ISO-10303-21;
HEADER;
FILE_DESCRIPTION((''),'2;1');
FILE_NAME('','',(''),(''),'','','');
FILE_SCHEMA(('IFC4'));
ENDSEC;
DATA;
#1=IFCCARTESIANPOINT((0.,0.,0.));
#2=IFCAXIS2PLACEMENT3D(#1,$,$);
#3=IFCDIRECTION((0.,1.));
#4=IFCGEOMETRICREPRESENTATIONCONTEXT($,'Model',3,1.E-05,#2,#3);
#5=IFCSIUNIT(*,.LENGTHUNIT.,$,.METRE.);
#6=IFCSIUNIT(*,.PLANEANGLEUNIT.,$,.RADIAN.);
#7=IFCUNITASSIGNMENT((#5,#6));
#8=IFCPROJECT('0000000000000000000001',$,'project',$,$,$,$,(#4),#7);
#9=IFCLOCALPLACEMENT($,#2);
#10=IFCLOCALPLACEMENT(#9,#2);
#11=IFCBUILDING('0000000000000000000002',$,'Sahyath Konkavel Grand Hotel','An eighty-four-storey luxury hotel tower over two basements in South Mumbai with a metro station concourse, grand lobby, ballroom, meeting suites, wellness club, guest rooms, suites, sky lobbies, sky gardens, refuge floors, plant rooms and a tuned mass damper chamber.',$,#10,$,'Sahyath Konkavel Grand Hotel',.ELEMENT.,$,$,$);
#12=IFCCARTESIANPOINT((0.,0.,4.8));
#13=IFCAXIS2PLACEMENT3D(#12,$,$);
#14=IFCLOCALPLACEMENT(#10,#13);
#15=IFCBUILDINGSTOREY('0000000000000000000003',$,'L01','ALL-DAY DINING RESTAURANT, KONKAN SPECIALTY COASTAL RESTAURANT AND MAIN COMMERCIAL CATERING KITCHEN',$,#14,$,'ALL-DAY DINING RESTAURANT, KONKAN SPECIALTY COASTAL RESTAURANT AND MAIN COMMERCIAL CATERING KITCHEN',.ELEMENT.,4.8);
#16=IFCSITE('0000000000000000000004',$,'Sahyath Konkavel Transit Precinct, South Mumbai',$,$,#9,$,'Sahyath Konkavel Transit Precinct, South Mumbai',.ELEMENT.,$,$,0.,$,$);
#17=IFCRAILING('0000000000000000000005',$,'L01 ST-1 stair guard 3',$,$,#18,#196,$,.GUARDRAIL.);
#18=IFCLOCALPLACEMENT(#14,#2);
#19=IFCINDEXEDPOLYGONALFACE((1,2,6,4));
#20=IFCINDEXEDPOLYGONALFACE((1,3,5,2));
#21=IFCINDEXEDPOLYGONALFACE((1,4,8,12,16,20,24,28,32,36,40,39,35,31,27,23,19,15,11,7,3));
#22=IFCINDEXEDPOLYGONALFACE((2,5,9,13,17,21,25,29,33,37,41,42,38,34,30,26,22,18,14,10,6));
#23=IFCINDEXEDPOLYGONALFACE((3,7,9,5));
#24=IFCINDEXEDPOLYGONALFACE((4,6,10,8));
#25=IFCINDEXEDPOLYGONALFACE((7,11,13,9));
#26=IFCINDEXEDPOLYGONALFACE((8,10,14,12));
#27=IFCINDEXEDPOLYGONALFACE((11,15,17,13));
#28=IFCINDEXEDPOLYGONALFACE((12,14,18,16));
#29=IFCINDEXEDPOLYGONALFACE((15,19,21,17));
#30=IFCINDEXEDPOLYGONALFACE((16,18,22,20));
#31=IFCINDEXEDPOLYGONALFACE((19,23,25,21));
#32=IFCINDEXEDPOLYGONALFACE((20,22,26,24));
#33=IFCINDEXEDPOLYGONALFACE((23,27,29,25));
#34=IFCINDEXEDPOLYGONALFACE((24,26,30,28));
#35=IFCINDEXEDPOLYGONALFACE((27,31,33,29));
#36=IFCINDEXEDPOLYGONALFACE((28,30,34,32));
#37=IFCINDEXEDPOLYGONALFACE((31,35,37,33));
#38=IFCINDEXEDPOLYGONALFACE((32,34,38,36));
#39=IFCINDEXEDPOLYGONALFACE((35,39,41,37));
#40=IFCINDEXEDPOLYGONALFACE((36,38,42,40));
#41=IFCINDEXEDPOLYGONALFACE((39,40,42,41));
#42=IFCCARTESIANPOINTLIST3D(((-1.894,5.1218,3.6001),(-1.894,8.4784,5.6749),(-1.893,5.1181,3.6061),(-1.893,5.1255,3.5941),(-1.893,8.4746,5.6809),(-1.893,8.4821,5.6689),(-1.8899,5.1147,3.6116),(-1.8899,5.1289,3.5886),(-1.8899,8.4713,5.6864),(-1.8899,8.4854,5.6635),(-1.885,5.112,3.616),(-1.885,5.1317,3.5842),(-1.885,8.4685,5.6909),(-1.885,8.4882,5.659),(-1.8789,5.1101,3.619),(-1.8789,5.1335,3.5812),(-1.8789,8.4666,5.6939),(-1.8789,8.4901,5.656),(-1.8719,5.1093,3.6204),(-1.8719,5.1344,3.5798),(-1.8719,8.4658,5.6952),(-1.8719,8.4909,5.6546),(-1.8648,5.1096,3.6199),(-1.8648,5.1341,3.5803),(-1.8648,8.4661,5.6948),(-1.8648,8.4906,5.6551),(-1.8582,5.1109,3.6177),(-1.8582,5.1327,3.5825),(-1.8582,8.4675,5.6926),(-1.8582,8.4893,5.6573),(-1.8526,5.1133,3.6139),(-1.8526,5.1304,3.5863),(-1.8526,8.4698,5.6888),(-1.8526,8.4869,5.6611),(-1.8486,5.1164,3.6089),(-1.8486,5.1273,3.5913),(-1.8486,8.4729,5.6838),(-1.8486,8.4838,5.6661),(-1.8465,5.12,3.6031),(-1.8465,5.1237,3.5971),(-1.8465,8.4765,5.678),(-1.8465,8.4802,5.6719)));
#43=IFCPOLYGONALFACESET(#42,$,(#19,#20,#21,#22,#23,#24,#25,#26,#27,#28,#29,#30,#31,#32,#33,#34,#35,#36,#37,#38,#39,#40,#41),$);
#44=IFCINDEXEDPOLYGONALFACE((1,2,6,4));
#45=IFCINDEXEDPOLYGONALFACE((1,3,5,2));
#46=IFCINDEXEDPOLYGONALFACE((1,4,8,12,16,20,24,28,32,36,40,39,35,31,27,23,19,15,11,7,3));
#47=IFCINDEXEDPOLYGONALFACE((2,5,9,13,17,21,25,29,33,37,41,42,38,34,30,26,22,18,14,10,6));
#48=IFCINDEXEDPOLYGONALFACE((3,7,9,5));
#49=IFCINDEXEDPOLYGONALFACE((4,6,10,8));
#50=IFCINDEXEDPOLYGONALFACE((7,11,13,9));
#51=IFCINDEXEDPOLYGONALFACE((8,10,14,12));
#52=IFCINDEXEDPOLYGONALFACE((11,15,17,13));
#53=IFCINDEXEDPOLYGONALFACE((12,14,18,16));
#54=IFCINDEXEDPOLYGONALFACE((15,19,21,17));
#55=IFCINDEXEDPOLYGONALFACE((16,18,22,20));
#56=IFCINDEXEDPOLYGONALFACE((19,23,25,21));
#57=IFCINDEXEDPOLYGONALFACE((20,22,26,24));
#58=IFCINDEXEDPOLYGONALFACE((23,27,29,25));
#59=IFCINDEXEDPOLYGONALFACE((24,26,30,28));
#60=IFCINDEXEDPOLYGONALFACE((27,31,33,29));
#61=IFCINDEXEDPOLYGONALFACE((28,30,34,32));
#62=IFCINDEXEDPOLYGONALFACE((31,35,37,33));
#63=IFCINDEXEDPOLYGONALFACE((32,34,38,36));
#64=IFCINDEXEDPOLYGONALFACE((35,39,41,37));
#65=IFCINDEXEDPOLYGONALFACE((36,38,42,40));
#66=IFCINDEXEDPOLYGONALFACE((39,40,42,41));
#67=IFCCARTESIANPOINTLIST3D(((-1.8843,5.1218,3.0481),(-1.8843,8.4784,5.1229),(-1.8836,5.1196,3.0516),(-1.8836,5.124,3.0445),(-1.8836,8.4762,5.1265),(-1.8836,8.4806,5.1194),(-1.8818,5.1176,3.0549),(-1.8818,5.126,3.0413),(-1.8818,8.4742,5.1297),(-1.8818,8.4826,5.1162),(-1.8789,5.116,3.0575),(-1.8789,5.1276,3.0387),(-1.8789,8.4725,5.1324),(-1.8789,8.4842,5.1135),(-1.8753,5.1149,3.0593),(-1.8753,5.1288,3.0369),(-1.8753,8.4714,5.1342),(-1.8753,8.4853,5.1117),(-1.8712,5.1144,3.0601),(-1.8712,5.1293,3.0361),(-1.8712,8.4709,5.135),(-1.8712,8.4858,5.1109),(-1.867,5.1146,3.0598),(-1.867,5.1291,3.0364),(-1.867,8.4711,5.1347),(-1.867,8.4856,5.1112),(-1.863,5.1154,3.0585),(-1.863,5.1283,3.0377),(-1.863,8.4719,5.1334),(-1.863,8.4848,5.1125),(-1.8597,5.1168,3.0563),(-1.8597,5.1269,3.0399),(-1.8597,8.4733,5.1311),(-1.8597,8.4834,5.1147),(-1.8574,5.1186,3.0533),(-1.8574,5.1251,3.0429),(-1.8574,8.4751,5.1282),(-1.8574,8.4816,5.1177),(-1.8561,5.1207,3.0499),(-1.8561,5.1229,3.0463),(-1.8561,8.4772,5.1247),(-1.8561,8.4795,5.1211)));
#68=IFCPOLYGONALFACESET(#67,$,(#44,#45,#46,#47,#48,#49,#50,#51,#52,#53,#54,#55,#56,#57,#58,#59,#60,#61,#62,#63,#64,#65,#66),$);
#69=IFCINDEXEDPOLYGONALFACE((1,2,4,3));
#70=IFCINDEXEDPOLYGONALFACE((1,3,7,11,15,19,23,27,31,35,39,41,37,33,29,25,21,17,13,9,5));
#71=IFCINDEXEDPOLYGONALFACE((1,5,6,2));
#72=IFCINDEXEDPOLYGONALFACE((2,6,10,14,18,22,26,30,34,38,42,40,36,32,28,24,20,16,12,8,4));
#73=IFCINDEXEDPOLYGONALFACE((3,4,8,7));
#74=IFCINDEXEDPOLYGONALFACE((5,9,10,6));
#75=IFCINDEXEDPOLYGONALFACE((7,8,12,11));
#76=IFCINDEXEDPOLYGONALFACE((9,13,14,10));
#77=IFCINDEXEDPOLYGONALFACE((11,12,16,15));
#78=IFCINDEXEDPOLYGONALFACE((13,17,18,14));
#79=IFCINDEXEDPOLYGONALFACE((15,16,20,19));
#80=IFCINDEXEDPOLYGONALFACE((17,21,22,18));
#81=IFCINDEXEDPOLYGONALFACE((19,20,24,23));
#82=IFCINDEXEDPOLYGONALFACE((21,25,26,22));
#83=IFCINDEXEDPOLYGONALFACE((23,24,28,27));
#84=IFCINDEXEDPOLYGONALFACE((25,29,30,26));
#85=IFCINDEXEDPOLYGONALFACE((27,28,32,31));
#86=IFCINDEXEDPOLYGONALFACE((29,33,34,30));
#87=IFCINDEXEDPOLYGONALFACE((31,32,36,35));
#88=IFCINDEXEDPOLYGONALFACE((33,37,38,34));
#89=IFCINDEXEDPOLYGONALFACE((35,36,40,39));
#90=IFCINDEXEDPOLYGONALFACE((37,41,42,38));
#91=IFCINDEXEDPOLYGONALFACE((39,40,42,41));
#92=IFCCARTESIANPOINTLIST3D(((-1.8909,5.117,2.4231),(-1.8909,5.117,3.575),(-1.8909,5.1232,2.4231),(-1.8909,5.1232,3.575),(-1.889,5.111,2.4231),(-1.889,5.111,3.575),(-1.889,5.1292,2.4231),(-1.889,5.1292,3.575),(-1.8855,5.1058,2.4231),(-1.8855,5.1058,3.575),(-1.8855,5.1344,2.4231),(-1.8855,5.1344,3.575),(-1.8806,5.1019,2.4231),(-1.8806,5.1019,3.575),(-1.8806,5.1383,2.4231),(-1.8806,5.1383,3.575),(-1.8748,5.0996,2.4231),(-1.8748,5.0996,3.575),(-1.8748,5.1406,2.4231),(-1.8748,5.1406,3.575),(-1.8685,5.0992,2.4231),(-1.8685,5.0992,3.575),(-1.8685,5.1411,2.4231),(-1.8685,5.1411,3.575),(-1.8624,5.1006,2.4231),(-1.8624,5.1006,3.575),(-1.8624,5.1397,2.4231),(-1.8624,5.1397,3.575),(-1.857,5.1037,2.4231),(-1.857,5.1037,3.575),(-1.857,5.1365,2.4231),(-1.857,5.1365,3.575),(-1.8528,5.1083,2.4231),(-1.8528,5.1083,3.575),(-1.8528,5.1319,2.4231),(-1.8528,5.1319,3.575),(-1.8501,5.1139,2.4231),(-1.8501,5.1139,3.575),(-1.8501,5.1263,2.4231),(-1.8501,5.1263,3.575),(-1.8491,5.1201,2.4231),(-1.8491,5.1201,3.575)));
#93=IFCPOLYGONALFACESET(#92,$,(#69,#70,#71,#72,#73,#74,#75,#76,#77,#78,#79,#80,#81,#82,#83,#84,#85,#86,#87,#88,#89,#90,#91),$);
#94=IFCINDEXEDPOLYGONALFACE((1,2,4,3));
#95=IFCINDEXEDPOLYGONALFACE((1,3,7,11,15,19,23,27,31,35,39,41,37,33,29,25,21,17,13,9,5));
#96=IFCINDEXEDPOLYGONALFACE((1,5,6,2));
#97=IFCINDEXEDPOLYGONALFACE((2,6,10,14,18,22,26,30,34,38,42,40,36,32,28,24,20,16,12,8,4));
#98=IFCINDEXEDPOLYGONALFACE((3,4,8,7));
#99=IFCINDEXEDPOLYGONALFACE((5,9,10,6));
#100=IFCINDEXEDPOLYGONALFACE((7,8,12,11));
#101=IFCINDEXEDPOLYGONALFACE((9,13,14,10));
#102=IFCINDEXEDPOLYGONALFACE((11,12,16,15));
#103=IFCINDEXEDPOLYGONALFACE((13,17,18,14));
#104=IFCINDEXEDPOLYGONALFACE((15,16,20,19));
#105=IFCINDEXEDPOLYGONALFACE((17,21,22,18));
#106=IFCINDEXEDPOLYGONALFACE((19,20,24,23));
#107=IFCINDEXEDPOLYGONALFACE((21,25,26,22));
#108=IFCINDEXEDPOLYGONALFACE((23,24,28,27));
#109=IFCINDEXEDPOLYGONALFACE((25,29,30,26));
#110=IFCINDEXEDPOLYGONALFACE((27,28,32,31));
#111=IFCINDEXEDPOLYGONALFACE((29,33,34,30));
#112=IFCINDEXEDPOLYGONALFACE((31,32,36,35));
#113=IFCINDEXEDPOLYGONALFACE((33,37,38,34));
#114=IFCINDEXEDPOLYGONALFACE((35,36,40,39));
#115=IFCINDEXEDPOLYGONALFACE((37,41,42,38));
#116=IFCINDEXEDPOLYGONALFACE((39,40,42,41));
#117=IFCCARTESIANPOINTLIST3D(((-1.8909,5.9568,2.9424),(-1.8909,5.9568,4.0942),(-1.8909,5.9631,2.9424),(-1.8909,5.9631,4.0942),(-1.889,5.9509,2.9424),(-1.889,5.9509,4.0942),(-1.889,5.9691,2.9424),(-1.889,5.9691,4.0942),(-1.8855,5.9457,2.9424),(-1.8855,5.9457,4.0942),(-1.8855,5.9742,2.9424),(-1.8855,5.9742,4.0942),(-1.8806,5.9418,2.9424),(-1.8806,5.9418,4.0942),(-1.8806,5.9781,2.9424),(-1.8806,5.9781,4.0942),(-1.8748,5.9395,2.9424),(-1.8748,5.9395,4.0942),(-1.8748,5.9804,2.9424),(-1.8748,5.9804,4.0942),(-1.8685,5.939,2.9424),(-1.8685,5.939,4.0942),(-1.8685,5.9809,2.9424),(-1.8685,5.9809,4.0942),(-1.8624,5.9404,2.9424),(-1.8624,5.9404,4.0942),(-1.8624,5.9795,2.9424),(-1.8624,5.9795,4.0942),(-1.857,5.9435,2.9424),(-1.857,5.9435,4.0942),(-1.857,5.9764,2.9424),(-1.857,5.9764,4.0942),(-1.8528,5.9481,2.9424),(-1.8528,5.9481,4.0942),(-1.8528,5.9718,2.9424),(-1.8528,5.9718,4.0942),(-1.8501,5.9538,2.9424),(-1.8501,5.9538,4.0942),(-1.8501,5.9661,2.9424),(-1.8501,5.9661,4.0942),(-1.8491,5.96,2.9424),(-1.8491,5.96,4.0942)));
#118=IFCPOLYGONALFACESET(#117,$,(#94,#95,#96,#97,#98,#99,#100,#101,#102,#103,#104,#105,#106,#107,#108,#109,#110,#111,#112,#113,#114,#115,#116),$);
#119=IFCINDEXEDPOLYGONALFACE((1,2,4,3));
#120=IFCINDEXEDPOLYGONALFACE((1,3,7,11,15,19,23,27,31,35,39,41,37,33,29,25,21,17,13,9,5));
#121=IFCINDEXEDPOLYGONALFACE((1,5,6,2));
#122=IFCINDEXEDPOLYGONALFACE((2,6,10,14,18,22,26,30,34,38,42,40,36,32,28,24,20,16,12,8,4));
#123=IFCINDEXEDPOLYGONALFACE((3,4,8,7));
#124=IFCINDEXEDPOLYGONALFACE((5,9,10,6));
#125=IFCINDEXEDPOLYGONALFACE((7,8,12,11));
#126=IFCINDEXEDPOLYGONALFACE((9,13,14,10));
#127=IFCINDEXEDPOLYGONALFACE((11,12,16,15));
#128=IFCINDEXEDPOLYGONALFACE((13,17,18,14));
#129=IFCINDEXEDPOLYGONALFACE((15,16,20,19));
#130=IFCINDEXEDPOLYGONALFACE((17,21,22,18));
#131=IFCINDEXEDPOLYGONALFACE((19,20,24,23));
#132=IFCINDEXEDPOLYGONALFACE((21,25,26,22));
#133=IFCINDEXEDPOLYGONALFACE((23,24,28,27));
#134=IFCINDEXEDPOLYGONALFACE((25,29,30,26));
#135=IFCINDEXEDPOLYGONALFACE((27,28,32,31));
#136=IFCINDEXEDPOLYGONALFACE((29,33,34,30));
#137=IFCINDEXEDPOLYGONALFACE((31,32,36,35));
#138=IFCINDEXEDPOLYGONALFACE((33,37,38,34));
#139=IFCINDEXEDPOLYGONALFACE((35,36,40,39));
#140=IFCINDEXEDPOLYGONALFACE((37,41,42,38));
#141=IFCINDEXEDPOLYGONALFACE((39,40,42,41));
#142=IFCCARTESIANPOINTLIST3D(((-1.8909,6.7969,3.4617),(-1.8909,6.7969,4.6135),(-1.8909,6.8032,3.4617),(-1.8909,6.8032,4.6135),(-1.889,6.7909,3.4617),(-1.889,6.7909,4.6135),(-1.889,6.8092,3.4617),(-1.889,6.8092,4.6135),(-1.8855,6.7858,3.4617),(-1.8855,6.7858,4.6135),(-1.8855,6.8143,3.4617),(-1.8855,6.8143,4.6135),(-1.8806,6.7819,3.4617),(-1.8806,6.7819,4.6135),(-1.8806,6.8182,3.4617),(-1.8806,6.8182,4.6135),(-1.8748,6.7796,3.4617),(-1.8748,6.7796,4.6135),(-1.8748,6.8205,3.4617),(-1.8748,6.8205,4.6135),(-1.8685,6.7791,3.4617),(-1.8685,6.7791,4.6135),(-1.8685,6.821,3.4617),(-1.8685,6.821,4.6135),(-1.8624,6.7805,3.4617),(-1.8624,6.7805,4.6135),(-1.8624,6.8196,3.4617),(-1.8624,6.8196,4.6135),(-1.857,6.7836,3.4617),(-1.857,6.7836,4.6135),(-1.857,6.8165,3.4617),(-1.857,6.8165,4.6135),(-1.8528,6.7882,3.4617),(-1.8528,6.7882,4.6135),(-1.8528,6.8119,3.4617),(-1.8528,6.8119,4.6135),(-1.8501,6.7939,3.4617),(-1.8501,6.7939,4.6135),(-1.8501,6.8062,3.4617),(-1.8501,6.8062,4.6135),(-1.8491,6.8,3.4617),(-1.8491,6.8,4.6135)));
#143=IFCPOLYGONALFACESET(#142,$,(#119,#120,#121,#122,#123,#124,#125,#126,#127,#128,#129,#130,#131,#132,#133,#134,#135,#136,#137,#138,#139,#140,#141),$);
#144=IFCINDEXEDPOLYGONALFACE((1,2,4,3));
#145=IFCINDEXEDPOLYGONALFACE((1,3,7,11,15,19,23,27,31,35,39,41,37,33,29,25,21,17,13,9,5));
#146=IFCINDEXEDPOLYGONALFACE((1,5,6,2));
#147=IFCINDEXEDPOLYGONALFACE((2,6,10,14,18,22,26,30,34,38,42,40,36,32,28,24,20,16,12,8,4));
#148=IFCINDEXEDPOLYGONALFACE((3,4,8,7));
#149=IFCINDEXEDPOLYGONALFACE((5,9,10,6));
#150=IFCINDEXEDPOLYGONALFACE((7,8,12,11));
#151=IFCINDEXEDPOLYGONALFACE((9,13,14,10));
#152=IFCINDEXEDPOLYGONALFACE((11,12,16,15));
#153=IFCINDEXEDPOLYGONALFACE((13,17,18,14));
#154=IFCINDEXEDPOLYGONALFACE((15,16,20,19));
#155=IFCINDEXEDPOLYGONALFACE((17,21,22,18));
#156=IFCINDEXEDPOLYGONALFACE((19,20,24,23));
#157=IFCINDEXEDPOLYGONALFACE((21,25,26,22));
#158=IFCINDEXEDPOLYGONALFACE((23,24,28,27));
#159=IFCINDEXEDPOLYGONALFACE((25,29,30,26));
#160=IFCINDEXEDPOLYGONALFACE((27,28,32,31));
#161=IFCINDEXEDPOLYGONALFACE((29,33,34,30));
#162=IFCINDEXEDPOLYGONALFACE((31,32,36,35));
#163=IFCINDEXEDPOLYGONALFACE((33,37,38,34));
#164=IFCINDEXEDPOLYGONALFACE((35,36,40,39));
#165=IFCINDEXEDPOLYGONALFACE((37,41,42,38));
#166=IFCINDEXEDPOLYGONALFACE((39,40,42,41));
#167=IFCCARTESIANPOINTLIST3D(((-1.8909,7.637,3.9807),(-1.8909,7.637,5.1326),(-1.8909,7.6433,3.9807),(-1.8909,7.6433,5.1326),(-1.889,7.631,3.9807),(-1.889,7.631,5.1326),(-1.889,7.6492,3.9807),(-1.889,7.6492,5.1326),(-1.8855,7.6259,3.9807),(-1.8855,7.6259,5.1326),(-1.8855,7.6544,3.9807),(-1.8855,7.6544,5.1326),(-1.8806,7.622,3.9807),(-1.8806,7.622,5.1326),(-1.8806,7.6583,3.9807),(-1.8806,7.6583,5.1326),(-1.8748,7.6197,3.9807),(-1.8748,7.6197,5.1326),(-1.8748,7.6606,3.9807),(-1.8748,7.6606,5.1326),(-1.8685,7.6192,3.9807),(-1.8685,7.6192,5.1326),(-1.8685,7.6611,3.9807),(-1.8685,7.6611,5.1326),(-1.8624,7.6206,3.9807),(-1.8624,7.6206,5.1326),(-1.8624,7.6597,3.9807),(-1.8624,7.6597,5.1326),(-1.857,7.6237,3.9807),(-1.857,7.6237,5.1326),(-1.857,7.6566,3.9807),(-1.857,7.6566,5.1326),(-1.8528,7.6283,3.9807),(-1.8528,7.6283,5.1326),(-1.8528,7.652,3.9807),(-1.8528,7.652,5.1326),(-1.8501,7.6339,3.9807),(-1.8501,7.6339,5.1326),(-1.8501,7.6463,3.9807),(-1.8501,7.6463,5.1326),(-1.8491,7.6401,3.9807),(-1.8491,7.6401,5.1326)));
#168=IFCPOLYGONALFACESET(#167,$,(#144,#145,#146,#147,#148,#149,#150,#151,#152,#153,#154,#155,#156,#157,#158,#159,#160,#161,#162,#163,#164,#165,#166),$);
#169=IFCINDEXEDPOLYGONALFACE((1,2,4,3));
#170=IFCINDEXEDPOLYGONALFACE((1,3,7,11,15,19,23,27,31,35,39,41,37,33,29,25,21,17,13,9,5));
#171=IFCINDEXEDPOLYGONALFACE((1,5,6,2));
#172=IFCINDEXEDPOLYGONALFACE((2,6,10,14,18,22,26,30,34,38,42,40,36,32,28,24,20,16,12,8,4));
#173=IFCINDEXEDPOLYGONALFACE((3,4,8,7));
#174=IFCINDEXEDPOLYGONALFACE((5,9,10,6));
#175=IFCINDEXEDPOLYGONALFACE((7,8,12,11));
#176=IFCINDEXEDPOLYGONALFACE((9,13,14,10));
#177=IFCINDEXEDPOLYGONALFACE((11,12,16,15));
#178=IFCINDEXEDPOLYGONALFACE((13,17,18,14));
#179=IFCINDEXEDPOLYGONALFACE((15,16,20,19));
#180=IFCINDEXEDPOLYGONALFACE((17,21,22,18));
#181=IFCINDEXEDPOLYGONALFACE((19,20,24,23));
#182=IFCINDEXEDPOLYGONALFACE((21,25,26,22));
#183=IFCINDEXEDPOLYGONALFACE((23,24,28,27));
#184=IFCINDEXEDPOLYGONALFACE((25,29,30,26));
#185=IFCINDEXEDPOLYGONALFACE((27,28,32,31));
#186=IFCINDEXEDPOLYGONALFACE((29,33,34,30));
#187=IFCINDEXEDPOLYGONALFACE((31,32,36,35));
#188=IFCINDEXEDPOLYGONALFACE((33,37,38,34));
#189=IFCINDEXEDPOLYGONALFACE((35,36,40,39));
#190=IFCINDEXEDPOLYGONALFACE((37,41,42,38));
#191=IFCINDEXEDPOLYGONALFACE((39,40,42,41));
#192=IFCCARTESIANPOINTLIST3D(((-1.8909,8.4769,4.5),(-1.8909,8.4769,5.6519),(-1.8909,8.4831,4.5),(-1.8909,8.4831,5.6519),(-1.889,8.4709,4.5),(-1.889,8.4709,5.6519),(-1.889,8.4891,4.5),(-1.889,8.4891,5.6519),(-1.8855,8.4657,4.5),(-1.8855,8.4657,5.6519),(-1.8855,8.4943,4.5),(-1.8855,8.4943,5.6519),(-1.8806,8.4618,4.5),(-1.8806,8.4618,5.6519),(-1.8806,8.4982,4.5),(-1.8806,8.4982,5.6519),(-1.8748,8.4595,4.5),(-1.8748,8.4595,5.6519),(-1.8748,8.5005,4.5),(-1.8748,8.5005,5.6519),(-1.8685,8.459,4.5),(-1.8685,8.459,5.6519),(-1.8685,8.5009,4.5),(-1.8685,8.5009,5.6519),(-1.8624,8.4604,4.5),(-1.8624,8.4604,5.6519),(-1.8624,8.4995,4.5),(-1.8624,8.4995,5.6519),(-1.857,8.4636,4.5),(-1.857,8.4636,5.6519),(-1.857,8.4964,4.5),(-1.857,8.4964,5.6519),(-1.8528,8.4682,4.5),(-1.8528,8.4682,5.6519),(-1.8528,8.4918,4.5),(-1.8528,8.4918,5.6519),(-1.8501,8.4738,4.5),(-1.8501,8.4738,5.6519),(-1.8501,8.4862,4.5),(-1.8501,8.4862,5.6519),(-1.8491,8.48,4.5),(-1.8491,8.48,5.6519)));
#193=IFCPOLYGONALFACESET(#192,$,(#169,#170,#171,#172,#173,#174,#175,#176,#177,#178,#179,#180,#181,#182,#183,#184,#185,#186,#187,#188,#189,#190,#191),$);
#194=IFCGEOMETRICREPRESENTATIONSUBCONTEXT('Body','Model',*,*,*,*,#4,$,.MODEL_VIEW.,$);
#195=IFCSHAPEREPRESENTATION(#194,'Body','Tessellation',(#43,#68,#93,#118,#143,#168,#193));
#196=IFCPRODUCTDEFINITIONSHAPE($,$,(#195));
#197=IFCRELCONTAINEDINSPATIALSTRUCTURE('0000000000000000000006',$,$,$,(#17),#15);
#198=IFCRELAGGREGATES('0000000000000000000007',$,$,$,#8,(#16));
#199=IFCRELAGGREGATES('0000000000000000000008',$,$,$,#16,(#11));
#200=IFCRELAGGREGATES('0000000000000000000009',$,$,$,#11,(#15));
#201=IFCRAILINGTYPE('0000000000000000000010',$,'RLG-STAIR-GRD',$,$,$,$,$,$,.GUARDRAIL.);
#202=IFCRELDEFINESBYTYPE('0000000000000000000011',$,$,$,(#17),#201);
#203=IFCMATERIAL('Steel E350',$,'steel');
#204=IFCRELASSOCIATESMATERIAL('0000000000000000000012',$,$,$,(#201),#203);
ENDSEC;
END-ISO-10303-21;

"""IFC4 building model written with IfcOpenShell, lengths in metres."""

from ifc_helpers import new_model, si_unit, direction, frame, origin, origin_2d, place, context, subcontext, project, spatial, circle, extrude, material, type_object, element, save


model = new_model("IFC4")

# Units and contexts
model_context = context("Model", 3, precision=1e-05, world=origin(), true_north=direction((0.0, 1.0)))
body_context = subcontext(model_context, "Body", "Model", "MODEL_VIEW")
ifc_project = project(units=[si_unit("LENGTHUNIT", "METRE"), si_unit("PLANEANGLEUNIT", "RADIAN")], contexts=[model_context])

# Site, building, storey
site_placement = place(None, origin())
site = spatial("IfcSite", under=ifc_project, at=site_placement, Name="Sahyath Konkavel Transit Precinct, South Mumbai", LongName="Sahyath Konkavel Transit Precinct, South Mumbai", CompositionType="ELEMENT", RefElevation=0.0)
building_placement = place(site_placement, origin())
building = spatial("IfcBuilding", under=site, at=building_placement, Name="Sahyath Konkavel Grand Hotel", Description="An eighty-four-storey luxury hotel tower over two basements in South Mumbai with a metro station concourse, grand lobby, ballroom, meeting suites, wellness club, guest rooms, suites, sky lobbies, sky gardens, refuge floors, plant rooms and a tuned mass damper chamber.", LongName="Sahyath Konkavel Grand Hotel", CompositionType="ELEMENT")
storey_placement = place(building_placement, frame((0.0, 0.0, 4.8)))
storey = spatial("IfcBuildingStorey", under=building, at=storey_placement, Name="L01", Description="ALL-DAY DINING RESTAURANT, KONKAN SPECIALTY COASTAL RESTAURANT AND MAIN COMMERCIAL CATERING KITCHEN", LongName="ALL-DAY DINING RESTAURANT, KONKAN SPECIALTY COASTAL RESTAURANT AND MAIN COMMERCIAL CATERING KITCHEN", CompositionType="ELEMENT", Elevation=4.8)

# Shared definitions
ifc_material_1 = material(Name="Steel E350", Category="steel")

# Railing
railing_type_1 = type_object("IfcRailingType", Name="RLG-STAIR-GRD", PredefinedType="GUARDRAIL", material=ifc_material_1)
railing_1_placement = place(storey_placement, frame((-1.8701, 5.1201, 2.4231)))
element("IfcRailing", 1, at=railing_1_placement, inside=storey, type_object=railing_type_1, Name="L01 ST-1 stair guard 3", PredefinedType="GUARDRAIL", context=body_context, shape_type="SweptSolid", body=[
    extrude(circle(Radius=0.0239, at=origin_2d()), frame((0.0, 0.0017, 1.177), z_axis=(0.0, 0.850606, 0.525803), x_axis=(-1.0, 0.0, 0.0)), (0.0, 0.0, 1.0), 3.946),
    extrude(circle(Radius=0.0142, at=origin_2d()), frame((0.0, 0.0017, 0.625), z_axis=(0.0, 0.850606, 0.525803), x_axis=(-1.0, 0.0, 0.0)), (0.0, 0.0, 1.0), 3.946),
    extrude(circle(Radius=0.021, at=origin_2d()), origin(), (0.0, 0.0, 1.0), 1.1519),
    extrude(circle(Radius=0.021, at=origin_2d()), frame((0.0, 0.8398, 0.5193)), (0.0, 0.0, 1.0), 1.1519),
    extrude(circle(Radius=0.021, at=origin_2d()), frame((0.0, 1.6799, 1.0386)), (0.0, 0.0, 1.0), 1.1519),
    extrude(circle(Radius=0.021, at=origin_2d()), frame((0.0, 2.52, 1.5576)), (0.0, 0.0, 1.0), 1.1519),
    extrude(circle(Radius=0.021, at=origin_2d()), frame((0.0, 3.3599, 2.0769)), (0.0, 0.0, 1.0), 1.1519),
])

save(model, "model.ifc")
